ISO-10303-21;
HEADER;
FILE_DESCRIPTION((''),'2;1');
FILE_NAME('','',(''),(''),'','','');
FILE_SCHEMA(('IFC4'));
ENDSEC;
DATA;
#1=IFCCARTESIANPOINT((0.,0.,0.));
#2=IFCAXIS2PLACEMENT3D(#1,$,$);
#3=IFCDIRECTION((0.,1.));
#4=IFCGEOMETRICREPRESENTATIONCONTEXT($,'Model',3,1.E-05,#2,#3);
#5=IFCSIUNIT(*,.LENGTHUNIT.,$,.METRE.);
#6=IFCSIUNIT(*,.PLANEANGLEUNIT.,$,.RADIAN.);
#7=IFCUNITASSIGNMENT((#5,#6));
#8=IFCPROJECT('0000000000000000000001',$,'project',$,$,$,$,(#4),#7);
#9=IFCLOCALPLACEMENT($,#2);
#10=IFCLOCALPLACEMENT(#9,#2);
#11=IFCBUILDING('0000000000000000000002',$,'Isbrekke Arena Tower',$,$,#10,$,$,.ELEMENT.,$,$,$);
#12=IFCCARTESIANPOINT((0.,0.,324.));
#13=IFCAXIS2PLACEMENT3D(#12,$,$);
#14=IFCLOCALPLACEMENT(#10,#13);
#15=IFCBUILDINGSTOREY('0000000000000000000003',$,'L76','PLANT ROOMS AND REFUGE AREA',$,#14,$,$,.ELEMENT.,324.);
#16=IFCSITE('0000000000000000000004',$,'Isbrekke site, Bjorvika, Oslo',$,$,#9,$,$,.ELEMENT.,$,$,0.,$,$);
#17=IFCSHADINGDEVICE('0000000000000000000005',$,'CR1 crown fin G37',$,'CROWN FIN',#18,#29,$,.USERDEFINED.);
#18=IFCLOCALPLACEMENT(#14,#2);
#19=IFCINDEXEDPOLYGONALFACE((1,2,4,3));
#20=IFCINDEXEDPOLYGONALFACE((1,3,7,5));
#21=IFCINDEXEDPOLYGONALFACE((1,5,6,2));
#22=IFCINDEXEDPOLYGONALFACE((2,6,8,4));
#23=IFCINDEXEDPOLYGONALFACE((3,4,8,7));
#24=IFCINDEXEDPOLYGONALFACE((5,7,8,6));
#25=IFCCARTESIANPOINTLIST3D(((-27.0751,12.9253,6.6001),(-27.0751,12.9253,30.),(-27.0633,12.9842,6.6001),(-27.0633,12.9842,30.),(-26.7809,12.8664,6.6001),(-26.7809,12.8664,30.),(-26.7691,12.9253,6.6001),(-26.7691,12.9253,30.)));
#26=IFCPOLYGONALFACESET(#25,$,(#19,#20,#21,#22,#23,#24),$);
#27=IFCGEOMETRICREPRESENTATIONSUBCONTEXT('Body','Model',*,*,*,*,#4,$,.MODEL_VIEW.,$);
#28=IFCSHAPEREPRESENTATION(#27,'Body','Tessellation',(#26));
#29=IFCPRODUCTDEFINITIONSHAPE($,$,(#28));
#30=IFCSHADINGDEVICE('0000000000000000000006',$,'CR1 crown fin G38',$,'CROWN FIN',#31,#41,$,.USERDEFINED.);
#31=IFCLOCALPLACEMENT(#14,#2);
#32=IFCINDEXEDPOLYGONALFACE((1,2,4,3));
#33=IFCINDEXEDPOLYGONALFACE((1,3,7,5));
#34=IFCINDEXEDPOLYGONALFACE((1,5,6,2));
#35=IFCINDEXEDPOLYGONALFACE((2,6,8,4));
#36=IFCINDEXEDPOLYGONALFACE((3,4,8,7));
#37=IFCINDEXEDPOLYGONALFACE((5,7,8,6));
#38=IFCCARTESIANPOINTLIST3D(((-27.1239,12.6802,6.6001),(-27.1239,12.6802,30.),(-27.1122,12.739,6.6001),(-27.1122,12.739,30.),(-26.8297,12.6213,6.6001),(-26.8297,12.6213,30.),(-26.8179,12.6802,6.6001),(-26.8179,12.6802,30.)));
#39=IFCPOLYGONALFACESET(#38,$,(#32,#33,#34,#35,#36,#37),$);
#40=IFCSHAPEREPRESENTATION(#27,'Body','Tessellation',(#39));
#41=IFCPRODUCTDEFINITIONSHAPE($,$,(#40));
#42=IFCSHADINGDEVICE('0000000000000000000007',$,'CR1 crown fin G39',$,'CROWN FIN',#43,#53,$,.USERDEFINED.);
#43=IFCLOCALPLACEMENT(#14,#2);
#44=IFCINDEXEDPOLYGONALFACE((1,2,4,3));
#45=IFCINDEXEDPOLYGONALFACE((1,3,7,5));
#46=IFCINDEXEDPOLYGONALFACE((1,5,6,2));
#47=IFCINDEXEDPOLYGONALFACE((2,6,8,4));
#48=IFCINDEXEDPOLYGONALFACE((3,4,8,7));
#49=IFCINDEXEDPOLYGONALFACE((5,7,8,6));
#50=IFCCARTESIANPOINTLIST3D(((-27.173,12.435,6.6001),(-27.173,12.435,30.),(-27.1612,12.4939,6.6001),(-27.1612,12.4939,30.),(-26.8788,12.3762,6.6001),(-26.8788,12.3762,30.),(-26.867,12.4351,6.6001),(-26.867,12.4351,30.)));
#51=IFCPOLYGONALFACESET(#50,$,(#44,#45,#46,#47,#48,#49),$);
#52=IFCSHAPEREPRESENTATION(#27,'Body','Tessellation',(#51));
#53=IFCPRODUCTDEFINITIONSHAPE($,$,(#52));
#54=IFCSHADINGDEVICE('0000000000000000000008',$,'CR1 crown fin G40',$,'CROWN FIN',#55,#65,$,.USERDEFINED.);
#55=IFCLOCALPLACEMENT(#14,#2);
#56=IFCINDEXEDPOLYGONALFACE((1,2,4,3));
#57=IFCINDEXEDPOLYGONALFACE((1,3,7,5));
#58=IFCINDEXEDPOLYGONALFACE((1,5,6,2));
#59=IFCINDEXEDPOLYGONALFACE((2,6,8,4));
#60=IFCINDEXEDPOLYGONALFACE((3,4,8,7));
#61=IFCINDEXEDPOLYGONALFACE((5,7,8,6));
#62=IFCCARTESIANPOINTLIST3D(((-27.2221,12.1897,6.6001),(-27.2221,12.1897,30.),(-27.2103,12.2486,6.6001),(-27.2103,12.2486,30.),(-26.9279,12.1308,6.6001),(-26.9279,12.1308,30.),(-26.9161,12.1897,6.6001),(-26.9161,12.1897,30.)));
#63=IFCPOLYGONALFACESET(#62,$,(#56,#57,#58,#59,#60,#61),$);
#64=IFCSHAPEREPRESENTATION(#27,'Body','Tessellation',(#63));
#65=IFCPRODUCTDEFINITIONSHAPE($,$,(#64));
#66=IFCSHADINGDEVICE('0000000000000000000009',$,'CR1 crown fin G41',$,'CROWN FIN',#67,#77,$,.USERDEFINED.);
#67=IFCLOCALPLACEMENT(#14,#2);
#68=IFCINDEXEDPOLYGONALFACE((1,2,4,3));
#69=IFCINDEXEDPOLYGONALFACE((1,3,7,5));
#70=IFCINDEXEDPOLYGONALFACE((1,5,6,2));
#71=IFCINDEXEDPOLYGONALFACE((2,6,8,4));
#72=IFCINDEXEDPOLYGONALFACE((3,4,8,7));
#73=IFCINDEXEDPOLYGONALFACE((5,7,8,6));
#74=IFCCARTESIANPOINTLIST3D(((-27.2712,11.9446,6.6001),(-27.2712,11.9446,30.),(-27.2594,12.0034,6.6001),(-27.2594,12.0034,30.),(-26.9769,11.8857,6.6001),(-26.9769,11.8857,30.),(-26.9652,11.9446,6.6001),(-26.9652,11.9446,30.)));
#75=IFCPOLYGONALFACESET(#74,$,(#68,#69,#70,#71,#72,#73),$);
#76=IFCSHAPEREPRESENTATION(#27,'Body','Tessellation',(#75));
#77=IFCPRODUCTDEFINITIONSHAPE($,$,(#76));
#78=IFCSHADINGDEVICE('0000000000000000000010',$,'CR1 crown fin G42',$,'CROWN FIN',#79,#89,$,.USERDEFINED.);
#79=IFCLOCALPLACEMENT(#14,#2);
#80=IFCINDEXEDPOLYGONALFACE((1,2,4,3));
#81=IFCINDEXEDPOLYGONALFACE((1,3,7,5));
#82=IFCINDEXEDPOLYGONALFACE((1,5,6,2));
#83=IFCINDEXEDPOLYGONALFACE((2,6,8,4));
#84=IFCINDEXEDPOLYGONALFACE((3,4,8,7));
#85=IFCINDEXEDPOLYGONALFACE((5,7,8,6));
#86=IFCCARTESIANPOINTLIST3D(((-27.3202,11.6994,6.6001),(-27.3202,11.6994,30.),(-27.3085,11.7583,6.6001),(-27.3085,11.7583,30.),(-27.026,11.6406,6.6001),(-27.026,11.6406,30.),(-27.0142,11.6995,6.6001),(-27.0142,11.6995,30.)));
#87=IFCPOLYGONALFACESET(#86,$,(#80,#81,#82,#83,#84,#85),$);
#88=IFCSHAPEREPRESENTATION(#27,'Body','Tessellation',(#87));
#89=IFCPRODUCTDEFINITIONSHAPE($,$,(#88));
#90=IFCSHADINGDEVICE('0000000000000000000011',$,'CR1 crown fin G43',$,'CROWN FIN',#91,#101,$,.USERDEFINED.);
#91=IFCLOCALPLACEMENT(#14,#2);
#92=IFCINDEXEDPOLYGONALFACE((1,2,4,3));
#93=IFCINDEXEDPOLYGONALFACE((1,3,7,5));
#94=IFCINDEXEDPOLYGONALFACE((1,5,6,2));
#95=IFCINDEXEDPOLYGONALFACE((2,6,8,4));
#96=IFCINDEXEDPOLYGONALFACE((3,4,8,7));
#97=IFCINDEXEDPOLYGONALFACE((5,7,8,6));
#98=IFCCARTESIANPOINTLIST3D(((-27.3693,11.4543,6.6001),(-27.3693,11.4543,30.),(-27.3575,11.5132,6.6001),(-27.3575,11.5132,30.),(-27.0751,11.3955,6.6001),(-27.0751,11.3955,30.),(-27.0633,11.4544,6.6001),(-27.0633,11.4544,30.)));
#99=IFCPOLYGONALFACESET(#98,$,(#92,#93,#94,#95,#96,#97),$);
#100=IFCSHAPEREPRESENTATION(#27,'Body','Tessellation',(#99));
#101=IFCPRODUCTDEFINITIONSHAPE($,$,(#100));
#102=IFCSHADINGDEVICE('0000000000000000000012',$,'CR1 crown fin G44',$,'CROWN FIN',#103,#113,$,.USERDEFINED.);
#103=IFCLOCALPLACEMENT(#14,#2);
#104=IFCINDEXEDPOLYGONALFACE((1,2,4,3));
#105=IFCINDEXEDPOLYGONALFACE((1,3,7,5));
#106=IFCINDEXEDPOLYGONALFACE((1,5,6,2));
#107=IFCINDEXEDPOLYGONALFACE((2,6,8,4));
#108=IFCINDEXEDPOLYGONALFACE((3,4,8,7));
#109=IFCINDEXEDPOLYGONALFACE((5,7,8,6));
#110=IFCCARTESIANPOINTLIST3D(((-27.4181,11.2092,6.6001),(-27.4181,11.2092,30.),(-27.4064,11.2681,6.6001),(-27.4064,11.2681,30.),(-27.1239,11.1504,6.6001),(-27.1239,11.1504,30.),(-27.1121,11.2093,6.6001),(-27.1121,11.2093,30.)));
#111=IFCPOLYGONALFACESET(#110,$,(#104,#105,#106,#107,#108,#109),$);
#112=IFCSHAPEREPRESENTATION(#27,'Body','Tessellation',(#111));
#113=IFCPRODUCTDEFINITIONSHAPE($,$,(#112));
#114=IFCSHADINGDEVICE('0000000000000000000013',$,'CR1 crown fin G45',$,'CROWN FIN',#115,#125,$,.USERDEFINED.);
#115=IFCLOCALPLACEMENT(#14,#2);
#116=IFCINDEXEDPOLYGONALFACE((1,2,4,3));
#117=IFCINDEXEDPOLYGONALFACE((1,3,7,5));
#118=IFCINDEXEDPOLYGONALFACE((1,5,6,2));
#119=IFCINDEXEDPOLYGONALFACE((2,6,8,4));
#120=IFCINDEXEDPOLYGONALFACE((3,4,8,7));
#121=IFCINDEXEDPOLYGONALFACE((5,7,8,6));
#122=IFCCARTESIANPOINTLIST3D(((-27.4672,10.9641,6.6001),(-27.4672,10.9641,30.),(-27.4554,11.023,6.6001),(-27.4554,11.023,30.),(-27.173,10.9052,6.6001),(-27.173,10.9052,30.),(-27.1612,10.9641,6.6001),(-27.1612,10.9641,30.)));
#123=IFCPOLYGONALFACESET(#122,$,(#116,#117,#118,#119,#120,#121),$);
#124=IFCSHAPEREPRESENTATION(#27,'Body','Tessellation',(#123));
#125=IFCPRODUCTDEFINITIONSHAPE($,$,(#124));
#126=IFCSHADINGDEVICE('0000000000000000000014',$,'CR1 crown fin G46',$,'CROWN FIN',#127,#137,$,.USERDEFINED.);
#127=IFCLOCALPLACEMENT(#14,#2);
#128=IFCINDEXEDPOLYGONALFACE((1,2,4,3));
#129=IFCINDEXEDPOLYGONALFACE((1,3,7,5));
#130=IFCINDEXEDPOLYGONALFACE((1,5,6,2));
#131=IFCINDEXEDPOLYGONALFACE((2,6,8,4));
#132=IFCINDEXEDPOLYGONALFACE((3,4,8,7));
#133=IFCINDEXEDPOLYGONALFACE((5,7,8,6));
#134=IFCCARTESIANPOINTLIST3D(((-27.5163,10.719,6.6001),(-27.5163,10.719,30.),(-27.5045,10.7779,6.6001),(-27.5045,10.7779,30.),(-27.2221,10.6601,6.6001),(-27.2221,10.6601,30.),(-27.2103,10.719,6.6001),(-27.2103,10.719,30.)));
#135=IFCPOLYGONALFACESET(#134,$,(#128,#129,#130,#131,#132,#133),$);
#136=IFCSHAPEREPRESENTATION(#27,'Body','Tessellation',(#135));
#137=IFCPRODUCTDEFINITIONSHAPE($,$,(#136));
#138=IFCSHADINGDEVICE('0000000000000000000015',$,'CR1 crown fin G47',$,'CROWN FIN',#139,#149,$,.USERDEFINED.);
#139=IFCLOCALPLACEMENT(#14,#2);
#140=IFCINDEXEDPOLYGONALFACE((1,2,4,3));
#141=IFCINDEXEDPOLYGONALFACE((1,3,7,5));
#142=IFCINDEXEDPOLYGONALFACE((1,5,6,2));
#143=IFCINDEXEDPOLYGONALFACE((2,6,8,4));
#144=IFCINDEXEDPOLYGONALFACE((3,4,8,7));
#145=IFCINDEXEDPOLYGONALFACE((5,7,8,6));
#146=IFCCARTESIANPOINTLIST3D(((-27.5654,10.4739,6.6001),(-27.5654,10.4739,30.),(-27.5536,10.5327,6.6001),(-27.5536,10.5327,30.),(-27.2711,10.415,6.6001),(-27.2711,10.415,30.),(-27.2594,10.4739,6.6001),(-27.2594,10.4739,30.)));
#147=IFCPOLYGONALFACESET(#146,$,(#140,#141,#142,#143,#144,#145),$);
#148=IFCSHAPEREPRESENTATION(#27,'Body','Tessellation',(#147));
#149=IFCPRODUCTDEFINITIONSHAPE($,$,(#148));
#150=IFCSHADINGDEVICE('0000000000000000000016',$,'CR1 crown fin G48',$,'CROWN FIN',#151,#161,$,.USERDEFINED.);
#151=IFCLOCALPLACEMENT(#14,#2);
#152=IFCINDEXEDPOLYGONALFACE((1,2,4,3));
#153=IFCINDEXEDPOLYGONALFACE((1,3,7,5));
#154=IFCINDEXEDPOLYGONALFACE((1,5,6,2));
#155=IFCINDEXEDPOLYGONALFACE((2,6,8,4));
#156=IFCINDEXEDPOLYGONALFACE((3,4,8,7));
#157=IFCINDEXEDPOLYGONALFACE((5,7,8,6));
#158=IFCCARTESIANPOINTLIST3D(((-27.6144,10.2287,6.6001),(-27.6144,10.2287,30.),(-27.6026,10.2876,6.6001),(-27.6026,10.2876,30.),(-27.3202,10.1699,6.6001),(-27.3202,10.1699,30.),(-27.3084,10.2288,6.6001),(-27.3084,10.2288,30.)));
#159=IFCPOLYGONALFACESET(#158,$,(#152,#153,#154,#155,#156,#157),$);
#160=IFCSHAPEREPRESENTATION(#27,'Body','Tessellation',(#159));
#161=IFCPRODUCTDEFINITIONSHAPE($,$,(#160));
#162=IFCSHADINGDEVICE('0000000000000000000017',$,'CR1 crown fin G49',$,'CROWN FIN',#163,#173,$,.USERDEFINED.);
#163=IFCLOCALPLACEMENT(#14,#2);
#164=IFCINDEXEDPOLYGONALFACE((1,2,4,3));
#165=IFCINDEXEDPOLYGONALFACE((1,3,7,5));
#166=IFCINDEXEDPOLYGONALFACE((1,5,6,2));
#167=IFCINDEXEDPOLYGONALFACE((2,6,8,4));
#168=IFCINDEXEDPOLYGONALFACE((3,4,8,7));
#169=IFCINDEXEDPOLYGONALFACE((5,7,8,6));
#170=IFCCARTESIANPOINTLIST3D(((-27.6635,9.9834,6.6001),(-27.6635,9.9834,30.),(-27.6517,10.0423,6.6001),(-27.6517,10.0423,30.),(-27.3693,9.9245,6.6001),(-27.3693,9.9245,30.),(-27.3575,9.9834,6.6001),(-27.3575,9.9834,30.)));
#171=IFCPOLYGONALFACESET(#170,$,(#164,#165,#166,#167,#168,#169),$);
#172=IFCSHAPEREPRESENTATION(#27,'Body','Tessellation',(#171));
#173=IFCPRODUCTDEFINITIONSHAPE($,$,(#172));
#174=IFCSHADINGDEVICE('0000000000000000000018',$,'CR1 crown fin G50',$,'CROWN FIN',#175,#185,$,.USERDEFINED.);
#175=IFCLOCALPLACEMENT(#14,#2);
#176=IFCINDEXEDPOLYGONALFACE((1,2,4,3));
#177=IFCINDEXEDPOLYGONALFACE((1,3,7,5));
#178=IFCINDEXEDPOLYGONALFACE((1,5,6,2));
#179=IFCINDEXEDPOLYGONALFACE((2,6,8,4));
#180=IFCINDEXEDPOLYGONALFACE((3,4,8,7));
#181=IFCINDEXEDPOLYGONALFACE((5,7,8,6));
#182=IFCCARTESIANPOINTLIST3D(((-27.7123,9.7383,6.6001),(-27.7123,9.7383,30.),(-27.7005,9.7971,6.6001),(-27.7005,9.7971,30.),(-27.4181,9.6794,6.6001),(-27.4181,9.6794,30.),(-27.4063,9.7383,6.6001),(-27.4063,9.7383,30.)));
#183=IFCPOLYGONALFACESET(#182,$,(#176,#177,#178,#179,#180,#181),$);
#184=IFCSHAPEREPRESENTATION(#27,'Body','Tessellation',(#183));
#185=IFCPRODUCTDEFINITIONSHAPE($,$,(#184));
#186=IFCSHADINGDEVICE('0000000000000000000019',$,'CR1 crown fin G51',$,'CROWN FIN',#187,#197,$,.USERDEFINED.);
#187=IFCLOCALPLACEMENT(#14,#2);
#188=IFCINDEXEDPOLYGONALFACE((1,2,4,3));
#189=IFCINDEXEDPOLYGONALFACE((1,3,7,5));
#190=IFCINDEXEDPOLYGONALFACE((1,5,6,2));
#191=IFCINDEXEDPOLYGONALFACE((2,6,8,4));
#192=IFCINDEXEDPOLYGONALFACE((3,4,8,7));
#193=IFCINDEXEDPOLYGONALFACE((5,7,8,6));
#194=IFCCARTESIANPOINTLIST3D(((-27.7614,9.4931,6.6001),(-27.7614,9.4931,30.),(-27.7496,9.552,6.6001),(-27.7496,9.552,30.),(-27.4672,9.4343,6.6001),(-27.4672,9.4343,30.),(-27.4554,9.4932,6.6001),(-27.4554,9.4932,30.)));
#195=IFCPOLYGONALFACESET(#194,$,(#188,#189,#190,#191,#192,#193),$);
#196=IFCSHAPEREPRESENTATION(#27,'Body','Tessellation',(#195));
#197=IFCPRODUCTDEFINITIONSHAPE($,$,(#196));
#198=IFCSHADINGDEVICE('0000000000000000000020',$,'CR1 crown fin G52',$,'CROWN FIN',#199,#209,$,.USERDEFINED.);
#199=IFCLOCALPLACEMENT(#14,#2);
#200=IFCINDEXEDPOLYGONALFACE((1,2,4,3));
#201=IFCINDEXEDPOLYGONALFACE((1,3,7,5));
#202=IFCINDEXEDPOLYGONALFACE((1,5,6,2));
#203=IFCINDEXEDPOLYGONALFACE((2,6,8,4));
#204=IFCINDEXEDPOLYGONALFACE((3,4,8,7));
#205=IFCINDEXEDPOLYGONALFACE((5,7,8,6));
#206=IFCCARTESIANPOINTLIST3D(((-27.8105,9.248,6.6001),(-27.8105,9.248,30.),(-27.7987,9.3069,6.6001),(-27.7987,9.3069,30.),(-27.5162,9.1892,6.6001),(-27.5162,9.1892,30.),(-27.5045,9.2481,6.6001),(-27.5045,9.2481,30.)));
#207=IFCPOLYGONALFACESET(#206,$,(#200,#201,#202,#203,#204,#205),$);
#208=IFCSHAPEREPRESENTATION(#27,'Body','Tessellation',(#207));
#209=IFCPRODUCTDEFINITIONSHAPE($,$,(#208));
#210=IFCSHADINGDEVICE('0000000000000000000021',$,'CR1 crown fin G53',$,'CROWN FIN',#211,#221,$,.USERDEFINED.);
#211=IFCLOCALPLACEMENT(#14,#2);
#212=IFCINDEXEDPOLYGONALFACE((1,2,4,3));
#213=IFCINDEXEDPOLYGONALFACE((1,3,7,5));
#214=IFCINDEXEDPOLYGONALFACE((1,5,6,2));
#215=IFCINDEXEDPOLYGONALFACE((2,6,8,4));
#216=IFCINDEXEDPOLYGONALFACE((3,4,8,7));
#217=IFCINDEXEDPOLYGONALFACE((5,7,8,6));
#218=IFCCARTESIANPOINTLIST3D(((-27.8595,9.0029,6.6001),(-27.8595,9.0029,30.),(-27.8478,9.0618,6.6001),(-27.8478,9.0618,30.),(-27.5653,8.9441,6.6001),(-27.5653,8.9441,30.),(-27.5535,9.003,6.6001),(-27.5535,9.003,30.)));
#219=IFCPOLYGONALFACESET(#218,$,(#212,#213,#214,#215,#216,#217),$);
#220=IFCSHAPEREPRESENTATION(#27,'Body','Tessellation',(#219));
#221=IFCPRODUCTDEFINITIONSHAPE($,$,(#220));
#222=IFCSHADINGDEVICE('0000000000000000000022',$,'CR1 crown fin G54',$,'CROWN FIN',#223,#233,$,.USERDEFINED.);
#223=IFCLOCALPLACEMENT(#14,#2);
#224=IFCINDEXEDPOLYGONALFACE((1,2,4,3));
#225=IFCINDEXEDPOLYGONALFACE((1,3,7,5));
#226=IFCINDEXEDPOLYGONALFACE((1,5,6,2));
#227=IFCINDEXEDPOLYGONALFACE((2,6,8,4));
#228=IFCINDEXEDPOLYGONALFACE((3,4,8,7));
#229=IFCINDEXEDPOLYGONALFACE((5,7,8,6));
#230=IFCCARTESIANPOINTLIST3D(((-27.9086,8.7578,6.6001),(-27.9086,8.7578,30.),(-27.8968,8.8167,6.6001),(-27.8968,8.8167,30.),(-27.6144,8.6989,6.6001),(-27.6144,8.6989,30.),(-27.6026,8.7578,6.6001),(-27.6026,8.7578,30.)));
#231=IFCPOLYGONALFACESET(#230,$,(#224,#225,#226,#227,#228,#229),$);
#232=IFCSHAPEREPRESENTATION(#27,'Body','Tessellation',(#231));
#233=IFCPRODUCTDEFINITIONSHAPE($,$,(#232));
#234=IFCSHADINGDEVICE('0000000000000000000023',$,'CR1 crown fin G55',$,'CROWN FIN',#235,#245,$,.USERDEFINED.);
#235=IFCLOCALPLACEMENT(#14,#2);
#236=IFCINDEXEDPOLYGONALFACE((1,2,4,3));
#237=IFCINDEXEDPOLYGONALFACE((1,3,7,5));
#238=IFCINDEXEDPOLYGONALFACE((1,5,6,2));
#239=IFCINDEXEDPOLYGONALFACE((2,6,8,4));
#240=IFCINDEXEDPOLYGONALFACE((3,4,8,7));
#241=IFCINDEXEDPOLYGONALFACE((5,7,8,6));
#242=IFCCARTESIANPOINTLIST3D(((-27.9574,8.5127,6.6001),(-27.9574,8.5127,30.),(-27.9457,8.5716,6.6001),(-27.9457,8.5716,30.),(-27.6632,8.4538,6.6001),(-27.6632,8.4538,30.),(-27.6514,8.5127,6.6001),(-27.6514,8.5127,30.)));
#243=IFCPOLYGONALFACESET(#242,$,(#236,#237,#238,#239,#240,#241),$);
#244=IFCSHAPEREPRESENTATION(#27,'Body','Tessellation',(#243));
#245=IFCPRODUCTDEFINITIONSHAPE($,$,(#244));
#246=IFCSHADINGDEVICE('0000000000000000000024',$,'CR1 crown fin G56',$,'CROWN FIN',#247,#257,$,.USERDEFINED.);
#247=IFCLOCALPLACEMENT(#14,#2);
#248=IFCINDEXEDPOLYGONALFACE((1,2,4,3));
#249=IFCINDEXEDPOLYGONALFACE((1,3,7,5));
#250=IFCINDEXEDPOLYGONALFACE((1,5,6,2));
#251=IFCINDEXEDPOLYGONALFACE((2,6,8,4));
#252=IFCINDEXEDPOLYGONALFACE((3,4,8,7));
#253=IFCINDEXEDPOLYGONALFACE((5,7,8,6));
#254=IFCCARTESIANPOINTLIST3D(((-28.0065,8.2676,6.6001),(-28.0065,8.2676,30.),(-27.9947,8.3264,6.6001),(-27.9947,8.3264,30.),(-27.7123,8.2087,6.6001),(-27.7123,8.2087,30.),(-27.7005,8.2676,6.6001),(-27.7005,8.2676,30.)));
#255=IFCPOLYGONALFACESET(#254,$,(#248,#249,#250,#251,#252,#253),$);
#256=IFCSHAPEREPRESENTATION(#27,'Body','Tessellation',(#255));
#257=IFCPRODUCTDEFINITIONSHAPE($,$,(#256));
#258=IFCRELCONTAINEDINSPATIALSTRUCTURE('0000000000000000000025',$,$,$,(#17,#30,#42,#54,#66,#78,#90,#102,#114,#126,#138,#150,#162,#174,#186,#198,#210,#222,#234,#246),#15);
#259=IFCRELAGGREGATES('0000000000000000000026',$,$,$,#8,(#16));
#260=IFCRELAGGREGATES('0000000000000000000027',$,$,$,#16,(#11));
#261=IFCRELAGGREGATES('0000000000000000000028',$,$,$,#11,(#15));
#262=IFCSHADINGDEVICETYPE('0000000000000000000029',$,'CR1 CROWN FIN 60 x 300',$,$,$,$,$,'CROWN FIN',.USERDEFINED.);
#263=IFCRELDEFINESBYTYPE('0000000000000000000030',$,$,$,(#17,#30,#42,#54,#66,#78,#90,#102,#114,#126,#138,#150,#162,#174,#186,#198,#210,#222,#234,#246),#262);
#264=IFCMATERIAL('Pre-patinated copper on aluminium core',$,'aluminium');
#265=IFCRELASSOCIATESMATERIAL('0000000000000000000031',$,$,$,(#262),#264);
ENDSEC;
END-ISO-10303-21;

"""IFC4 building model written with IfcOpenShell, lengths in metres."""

from ifc_helpers import new_model, si_unit, direction, frame, origin, origin_2d, place, context, subcontext, project, spatial, rectangle, extrude, material, material_profile, profile_set, type_object, element, save


model = new_model("IFC4")

# Units and contexts
model_context = context("Model", 3, precision=1e-05, world=origin(), true_north=direction((0.0, 1.0)))
body_context = subcontext(model_context, "Body", "Model", "MODEL_VIEW")
ifc_project = project(units=[si_unit("LENGTHUNIT", "METRE"), si_unit("PLANEANGLEUNIT", "RADIAN")], contexts=[model_context])

# Site, building, storey
site_placement = place(None, origin())
site = spatial("IfcSite", under=ifc_project, at=site_placement, Name="Isbrekke site, Bjorvika, Oslo", CompositionType="ELEMENT", RefElevation=0.0)
building_placement = place(site_placement, origin())
building = spatial("IfcBuilding", under=site, at=building_placement, Name="Isbrekke Arena Tower", CompositionType="ELEMENT")
storey_placement = place(building_placement, frame((0.0, 0.0, 324.0)))
storey = spatial("IfcBuildingStorey", under=building, at=storey_placement, Name="L76", Description="PLANT ROOMS AND REFUGE AREA", CompositionType="ELEMENT", Elevation=324.0)

# Shading devices
ifc_material_1 = material(Name="Pre-patinated copper on aluminium core", Category="aluminium")
ifc_material_profile_1 = material_profile(ifc_material_1, rectangle(XDim=0.0601, YDim=0.3, at=origin_2d()), Name="FIN 60X300")
ifc_profile_set_1 = profile_set([ifc_material_profile_1], Name="Pre-patinated copper on aluminium core")
shading_device_type = type_object("IfcShadingDeviceType", Name="CR1 CROWN FIN 60 x 300", ElementType="CROWN FIN", PredefinedType="USERDEFINED", material=ifc_profile_set_1)
for number, where, z_axis, x_axis, name in (
    (1, (-26.9221, 12.9253, 6.6001), (0.0, 0.0, 1.0), (-0.196116, -0.980581, 0.0), "CR1 crown fin G37"),
    (2, (-26.9709, 12.6802, 6.6001), (0.0, 0.0, 1.0), (-0.196116, -0.980581, 0.0), "CR1 crown fin G38"),
    (3, (-27.02, 12.4351, 6.6001), (0.0, 0.0, 1.0), (-0.196116, -0.980581, 0.0), "CR1 crown fin G39"),
    (4, (-27.0691, 12.1897, 6.6001), (0.0, 0.0, 1.0), (-0.196116, -0.980581, 0.0), "CR1 crown fin G40"),
    (5, (-27.1182, 11.9446, 6.6001), (0.0, 0.0, 1.0), (-0.196116, -0.980581, 0.0), "CR1 crown fin G41"),
    (6, (-27.1672, 11.6995, 6.6001), (0.0, 0.0, 1.0), (-0.196116, -0.980581, 0.0), "CR1 crown fin G42"),
    (7, (-27.2163, 11.4543, 6.6001), (0.0, 0.0, 1.0), (-0.196116, -0.980581, 0.0), "CR1 crown fin G43"),
    (8, (-27.2651, 11.2092, 6.6001), (0.0, 0.0, 1.0), (-0.196116, -0.980581, 0.0), "CR1 crown fin G44"),
    (9, (-27.3142, 10.9641, 6.6001), (0.0, 0.0, 1.0), (-0.196116, -0.980581, 0.0), "CR1 crown fin G45"),
    (10, (-27.3633, 10.719, 6.6001), (0.0, 0.0, 1.0), (-0.196116, -0.980581, 0.0), "CR1 crown fin G46"),
    (11, (-27.4124, 10.4739, 6.6001), (0.0, 0.0, 1.0), (-0.196116, -0.980581, 0.0), "CR1 crown fin G47"),
    (12, (-27.4614, 10.2288, 6.6001), (0.0, 0.0, 1.0), (-0.196116, -0.980581, 0.0), "CR1 crown fin G48"),
    (13, (-27.5105, 9.9834, 6.6001), (0.0, 0.0, 1.0), (-0.196116, -0.980581, 0.0), "CR1 crown fin G49"),
    (14, (-27.5593, 9.7383, 6.6001), (0.0, 0.0, 1.0), (-0.196116, -0.980581, 0.0), "CR1 crown fin G50"),
    (15, (-27.6084, 9.4932, 6.6001), (0.0, 0.0, 1.0), (-0.196116, -0.980581, 0.0), "CR1 crown fin G51"),
    (16, (-27.6575, 9.248, 6.6001), (0.0, 0.0, 1.0), (-0.196116, -0.980581, 0.0), "CR1 crown fin G52"),
    (17, (-27.7065, 9.0029, 6.6001), (0.0, 0.0, 1.0), (-0.196116, -0.980581, 0.0), "CR1 crown fin G53"),
    (18, (-27.7556, 8.7578, 6.6001), (0.0, 0.0, 1.0), (-0.196116, -0.980581, 0.0), "CR1 crown fin G54"),
    (19, (-27.8044, 8.5127, 6.6001), (0.0, 0.0, 1.0), (-0.196116, -0.980581, 0.0), "CR1 crown fin G55"),
    (20, (-27.8535, 8.2676, 6.6001), (0.0, 0.0, 1.0), (-0.196116, -0.980581, 0.0), "CR1 crown fin G56"),
):
    element("IfcShadingDevice", number, at=place(storey_placement, frame(where, z_axis=z_axis, x_axis=x_axis)), inside=storey, type_object=shading_device_type, Name=name, ObjectType="CROWN FIN", PredefinedType="USERDEFINED", context=body_context, shape_type="SweptSolid", body=[
        extrude(rectangle(XDim=0.0601, YDim=0.3, at=origin_2d()), origin(), (0.0, 0.0, 1.0), 23.3999),
    ])

save(model, "model.ifc")
